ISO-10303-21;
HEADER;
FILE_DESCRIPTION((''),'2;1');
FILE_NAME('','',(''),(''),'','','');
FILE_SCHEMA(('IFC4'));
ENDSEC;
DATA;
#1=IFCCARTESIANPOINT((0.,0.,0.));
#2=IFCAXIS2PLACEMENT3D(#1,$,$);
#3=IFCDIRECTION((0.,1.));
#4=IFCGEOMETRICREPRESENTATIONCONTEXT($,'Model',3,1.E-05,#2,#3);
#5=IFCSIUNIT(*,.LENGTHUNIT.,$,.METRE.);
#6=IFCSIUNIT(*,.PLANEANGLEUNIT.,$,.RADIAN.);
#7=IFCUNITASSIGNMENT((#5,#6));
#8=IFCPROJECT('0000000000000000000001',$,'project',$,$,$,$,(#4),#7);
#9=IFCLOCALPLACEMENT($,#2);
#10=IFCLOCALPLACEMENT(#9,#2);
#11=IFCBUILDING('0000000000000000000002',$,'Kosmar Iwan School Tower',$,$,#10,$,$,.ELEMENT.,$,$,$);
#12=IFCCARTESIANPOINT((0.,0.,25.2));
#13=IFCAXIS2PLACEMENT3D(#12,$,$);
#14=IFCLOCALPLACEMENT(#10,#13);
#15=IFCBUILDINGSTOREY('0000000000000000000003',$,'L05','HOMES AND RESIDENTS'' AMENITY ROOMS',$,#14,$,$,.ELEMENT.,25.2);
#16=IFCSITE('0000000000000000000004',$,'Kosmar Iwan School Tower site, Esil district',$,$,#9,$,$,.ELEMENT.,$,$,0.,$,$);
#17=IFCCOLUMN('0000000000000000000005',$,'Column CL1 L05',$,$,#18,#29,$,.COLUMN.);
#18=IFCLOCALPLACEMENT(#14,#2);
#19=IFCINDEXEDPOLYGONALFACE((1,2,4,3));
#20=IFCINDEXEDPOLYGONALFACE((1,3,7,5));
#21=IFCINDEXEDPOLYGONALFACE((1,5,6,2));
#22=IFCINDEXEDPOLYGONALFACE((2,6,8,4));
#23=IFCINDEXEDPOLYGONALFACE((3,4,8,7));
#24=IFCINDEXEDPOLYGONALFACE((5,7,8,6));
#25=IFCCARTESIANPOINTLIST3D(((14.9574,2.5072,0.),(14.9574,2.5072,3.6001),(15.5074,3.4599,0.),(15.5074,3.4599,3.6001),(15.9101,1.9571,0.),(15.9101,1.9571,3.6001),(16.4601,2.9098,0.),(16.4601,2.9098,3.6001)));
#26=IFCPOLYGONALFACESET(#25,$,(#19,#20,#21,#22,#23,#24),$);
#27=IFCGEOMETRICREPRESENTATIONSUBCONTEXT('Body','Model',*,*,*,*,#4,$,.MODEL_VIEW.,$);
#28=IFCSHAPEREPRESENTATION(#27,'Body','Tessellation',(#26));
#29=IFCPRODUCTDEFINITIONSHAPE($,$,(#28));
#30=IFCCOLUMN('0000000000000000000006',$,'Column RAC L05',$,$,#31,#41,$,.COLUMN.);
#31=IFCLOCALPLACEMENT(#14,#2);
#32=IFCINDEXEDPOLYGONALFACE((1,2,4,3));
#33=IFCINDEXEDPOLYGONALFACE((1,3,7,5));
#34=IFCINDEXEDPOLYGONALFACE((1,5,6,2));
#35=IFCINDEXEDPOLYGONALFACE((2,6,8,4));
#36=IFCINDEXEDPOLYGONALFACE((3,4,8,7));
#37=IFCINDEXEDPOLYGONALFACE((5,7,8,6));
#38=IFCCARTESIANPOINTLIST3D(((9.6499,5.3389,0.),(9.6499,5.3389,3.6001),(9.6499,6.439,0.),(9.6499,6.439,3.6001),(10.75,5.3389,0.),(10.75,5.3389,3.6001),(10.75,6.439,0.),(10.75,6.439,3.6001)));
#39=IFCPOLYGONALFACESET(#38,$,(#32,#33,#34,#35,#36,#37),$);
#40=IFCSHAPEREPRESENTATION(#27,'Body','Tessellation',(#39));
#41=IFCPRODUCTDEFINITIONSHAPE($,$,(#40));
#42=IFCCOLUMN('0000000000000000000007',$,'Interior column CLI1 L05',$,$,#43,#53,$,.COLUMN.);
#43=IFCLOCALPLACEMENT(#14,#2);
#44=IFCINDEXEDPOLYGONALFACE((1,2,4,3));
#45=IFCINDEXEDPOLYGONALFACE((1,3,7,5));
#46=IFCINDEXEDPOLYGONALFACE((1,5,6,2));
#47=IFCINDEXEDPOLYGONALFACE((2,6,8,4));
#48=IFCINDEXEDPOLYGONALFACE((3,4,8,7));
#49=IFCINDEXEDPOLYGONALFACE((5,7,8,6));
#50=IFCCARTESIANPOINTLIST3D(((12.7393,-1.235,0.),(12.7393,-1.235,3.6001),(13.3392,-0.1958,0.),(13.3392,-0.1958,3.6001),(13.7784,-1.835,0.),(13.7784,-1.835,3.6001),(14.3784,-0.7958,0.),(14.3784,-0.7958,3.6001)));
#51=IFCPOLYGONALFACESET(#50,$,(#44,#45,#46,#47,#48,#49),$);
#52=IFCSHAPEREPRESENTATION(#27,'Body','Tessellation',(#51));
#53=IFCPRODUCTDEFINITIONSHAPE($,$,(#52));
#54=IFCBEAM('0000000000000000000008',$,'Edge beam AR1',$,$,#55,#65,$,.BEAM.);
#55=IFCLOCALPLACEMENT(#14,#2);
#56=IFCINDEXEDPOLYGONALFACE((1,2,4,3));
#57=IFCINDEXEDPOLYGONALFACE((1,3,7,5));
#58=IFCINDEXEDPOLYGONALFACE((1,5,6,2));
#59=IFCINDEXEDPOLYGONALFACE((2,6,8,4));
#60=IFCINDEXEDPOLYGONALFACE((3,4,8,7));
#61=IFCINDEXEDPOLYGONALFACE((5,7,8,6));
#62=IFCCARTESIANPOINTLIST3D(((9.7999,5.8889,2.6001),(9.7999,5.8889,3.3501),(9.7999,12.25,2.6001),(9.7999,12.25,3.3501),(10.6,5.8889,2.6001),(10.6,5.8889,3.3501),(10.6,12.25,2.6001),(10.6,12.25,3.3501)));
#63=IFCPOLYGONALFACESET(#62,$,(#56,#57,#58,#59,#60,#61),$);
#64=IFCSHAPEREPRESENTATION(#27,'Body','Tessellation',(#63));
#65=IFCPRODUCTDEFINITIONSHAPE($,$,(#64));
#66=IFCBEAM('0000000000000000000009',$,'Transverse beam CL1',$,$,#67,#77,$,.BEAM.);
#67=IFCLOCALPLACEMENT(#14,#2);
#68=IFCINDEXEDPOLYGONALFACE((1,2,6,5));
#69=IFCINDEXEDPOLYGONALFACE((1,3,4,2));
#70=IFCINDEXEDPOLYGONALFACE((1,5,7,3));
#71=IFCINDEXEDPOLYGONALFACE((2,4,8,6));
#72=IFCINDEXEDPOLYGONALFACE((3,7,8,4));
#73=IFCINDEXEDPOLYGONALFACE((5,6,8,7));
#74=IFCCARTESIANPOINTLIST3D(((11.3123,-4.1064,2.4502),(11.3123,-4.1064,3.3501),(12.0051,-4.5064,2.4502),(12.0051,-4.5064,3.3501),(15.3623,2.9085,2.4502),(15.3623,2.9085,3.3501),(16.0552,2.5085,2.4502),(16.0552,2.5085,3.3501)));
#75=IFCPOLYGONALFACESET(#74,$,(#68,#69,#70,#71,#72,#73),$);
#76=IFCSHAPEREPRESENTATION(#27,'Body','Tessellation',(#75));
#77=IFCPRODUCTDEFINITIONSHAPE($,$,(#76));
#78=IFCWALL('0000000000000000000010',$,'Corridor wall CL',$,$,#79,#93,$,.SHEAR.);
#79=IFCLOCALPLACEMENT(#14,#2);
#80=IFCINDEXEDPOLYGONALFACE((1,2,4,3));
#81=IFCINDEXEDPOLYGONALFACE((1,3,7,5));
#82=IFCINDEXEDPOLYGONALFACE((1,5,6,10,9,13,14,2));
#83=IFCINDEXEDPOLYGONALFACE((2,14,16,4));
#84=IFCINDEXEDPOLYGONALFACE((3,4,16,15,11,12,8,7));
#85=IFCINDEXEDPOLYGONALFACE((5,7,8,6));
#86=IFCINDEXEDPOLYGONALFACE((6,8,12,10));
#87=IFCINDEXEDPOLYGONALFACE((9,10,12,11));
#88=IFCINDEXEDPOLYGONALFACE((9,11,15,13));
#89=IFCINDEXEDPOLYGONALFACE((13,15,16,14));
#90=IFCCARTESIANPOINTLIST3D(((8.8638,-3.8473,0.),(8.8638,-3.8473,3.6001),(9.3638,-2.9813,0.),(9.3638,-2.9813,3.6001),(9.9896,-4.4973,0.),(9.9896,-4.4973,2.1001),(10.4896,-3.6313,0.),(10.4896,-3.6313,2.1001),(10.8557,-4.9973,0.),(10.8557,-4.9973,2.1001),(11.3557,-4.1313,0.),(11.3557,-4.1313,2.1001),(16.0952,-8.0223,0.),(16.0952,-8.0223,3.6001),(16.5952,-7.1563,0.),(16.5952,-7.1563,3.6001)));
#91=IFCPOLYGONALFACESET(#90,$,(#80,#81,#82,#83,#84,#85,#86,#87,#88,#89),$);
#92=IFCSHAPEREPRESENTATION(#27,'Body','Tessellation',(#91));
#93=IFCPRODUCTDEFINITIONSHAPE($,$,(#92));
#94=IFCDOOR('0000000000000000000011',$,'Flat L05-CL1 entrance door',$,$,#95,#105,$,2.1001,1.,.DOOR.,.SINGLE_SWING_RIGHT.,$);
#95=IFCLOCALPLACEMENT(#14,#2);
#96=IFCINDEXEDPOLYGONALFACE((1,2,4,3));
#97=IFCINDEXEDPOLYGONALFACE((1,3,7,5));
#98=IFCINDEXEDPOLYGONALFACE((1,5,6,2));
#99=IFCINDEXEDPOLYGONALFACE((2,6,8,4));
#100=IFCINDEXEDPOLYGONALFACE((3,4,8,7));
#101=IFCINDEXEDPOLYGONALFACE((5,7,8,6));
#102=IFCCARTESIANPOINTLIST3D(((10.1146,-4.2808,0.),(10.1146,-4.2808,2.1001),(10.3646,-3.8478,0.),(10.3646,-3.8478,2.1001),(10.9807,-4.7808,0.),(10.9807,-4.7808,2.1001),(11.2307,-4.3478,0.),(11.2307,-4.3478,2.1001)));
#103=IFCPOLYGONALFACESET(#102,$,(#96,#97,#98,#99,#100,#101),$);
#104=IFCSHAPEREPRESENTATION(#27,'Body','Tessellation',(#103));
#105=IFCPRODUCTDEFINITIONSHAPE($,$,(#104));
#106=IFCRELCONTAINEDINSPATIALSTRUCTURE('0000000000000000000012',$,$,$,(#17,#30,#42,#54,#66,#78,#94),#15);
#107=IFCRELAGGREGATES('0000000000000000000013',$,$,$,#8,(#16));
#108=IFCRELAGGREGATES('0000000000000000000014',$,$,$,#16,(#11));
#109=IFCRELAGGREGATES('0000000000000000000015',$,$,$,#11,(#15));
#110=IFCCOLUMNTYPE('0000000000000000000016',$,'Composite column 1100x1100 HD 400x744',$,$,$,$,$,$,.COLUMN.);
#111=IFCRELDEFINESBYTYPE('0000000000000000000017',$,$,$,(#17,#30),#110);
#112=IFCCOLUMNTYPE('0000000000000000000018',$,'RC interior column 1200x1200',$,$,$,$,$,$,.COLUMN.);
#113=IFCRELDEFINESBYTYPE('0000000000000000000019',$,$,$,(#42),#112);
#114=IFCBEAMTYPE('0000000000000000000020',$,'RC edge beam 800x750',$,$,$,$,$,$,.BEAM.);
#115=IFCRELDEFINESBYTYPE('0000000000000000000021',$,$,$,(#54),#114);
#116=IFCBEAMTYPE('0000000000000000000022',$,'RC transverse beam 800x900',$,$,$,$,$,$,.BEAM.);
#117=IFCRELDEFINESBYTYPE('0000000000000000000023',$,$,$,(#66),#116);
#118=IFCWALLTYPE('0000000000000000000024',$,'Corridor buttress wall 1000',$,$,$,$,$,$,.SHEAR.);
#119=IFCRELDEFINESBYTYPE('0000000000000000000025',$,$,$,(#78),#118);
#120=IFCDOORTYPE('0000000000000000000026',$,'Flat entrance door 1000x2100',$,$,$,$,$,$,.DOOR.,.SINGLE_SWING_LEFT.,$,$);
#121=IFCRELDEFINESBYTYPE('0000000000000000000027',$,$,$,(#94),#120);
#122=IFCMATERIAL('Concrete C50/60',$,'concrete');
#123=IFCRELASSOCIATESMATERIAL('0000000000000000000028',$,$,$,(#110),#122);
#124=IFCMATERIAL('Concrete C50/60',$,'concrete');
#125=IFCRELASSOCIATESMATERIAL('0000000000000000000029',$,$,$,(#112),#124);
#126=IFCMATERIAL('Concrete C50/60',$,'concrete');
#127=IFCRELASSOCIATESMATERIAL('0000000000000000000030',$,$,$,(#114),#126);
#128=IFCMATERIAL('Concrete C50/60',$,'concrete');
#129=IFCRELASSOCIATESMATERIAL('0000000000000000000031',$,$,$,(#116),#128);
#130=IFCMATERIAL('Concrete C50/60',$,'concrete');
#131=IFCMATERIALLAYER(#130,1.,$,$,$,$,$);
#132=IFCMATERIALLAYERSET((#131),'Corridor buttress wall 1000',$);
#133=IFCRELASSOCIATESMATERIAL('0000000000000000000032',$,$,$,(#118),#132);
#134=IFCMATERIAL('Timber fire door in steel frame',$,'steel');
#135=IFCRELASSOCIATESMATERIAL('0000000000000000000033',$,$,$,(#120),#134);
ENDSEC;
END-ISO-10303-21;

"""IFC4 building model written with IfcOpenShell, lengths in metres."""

from ifc_helpers import new_model, si_unit, direction, frame, frame_2d, origin, origin_2d, place, context, subcontext, project, spatial, rectangle, extrude, material, layer, layer_set, material_profile, profile_set, type_object, element, fill, save


model = new_model("IFC4")

# Units and contexts
model_context = context("Model", 3, precision=1e-05, world=origin(), true_north=direction((0.0, 1.0)))
body_context = subcontext(model_context, "Body", "Model", "MODEL_VIEW")
ifc_project = project(units=[si_unit("LENGTHUNIT", "METRE"), si_unit("PLANEANGLEUNIT", "RADIAN")], contexts=[model_context])

# Site, building, storey
site_placement = place(None, origin())
site = spatial("IfcSite", under=ifc_project, at=site_placement, Name="Kosmar Iwan School Tower site, Esil district", CompositionType="ELEMENT", RefElevation=0.0)
building_placement = place(site_placement, origin())
building = spatial("IfcBuilding", under=site, at=building_placement, Name="Kosmar Iwan School Tower", CompositionType="ELEMENT")
storey_placement = place(building_placement, frame((0.0, 0.0, 25.2)))
storey = spatial("IfcBuildingStorey", under=building, at=storey_placement, Name="L05", Description="HOMES AND RESIDENTS' AMENITY ROOMS", CompositionType="ELEMENT", Elevation=25.2)

# Columns
ifc_material_1 = material(Name="Concrete C50/60", Category="concrete")
ifc_material_profile_1 = material_profile(ifc_material_1, rectangle(XDim=1.1001, YDim=1.1001, at=origin_2d()), Name="RC 1100x1100 + HD 400x744")
ifc_profile_set_1 = profile_set([ifc_material_profile_1], Name="Concrete C50/60")
column_type_1 = type_object("IfcColumnType", Name="Composite column 1100x1100 HD 400x744", PredefinedType="COLUMN", material=ifc_profile_set_1)
for number, where, z_axis, x_axis, name in (
    (1, (15.7087, 2.7085, 0.0), (0.0, 0.0, 1.0), (0.866025, -0.5, 0.0), "Column CL1 L05"),
    (2, (10.2, 5.8889, 0.0), (0.0, 0.0, 1.0), (1.0, 0.0, 0.0), "Column RAC L05"),
):
    element("IfcColumn", number, at=place(storey_placement, frame(where, z_axis=z_axis, x_axis=x_axis)), inside=storey, type_object=column_type_1, Name=name, PredefinedType="COLUMN", context=body_context, shape_type="SweptSolid", body=[
        extrude(rectangle(XDim=1.1001, YDim=1.1001, at=origin_2d()), origin(), (0.0, 0.0, 1.0), 3.6001),
    ])
ifc_material_2 = material(Name="Concrete C50/60", Category="concrete")
ifc_material_profile_2 = material_profile(ifc_material_2, rectangle(XDim=1.2, YDim=1.2, at=origin_2d()), Name="RC 1200x1200")
ifc_profile_set_2 = profile_set([ifc_material_profile_2], Name="Concrete C50/60")
column_type_2 = type_object("IfcColumnType", Name="RC interior column 1200x1200", PredefinedType="COLUMN", material=ifc_profile_set_2)
column_placement = place(storey_placement, frame((13.5588, -1.0154, 0.0), z_axis=(0.0, 0.0, 1.0), x_axis=(0.866025, -0.5, 0.0)))
element("IfcColumn", 3, at=column_placement, inside=storey, type_object=column_type_2, Name="Interior column CLI1 L05", PredefinedType="COLUMN", context=body_context, shape_type="SweptSolid", body=[
    extrude(rectangle(XDim=1.2, YDim=1.2, at=origin_2d()), origin(), (0.0, 0.0, 1.0), 3.6001),
])

# Beams
ifc_material_3 = material(Name="Concrete C50/60", Category="concrete")
ifc_material_profile_3 = material_profile(ifc_material_3, rectangle(XDim=0.8, YDim=0.75, at=origin_2d()), Name="RC 800x750")
ifc_profile_set_3 = profile_set([ifc_material_profile_3], Name="Concrete C50/60")
beam_type_1 = type_object("IfcBeamType", Name="RC edge beam 800x750", PredefinedType="BEAM", material=ifc_profile_set_3)
beam_1_placement = place(storey_placement, frame((10.2, 5.8889, 2.9751), z_axis=(0.0, 1.0, 0.0), x_axis=(-1.0, 0.0, 0.0)))
element("IfcBeam", 4, at=beam_1_placement, inside=storey, type_object=beam_type_1, Name="Edge beam AR1", PredefinedType="BEAM", context=body_context, shape_type="SweptSolid", body=[
    extrude(rectangle(XDim=0.8, YDim=0.75, at=origin_2d()), origin(), (0.0, 0.0, 1.0), 6.3611),
])
ifc_material_4 = material(Name="Concrete C50/60", Category="concrete")
ifc_material_profile_4 = material_profile(ifc_material_4, rectangle(XDim=0.8, YDim=0.8999, at=origin_2d()), Name="RC 800x900")
ifc_profile_set_4 = profile_set([ifc_material_profile_4], Name="Concrete C50/60")
beam_type_2 = type_object("IfcBeamType", Name="RC transverse beam 800x900", PredefinedType="BEAM", material=ifc_profile_set_4)
beam_2_placement = place(storey_placement, frame((15.7087, 2.7085, 2.9001), z_axis=(-0.5, -0.866025, 0.0), x_axis=(0.866025, -0.5, 0.0)))
element("IfcBeam", 5, at=beam_2_placement, inside=storey, type_object=beam_type_2, Name="Transverse beam CL1", PredefinedType="BEAM", context=body_context, shape_type="SweptSolid", body=[
    extrude(rectangle(XDim=0.8, YDim=0.8999, at=origin_2d()), origin(), (0.0, 0.0, 1.0), 8.1001),
])

# Wall, opening, door
ifc_material_5 = material(Name="Concrete C50/60", Category="concrete")
ifc_layer_1 = layer(ifc_material_5, 1.0)
ifc_layer_set_1 = layer_set([ifc_layer_1], Name="Corridor buttress wall 1000")
wall_type_1 = type_object("IfcWallType", Name="Corridor buttress wall 1000", PredefinedType="SHEAR", material=ifc_layer_set_1)
wall_1_placement = place(storey_placement, frame((9.1138, -3.4143, 0.0), z_axis=(0.0, 0.0, 1.0), x_axis=(0.866027, -0.499997, 0.0)))
wall_1 = element("IfcWall", 6, at=wall_1_placement, inside=storey, type_object=wall_type_1, Name="Corridor wall CL", PredefinedType="SHEAR", context=body_context, shape_type="SweptSolid", body=[
    extrude(rectangle(XDim=8.3501, YDim=1.0, at=frame_2d((4.175, 0.0))), origin(), (0.0, 0.0, 1.0), 3.6001),
])
opening_1_placement = place(wall_1_placement, frame((1.3, 0.0, 0.0)))
opening_1 = element("IfcOpeningElement", 7, at=opening_1_placement, cuts=wall_1, PredefinedType="OPENING", context=body_context, shape_type="SweptSolid", body=[
    extrude(rectangle(XDim=1.0, YDim=2.1001, at=frame_2d((0.5, 1.05))), frame((0.0, 0.512, 0.0), z_axis=(0.0, -1.0, 0.0), x_axis=(1.0, 0.0, 0.0)), (0.0, 0.0, 1.0), 1.0239),
])
ifc_material_6 = material(Name="Timber fire door in steel frame", Category="steel")
door_type_1 = type_object("IfcDoorType", Name="Flat entrance door 1000x2100", OperationType="SINGLE_SWING_LEFT", PredefinedType="DOOR", material=ifc_material_6)
door_1_placement = place(opening_1_placement, origin())
door_1 = element("IfcDoor", 8, at=door_1_placement, inside=storey, type_object=door_type_1, Name="Flat L05-CL1 entrance door", OperationType="SINGLE_SWING_RIGHT", OverallHeight=2.1001, OverallWidth=1.0, PredefinedType="DOOR", context=body_context, shape_type="SweptSolid", body=[
    extrude(rectangle(XDim=1.0, YDim=2.1001, at=frame_2d((0.5, 1.05))), frame((0.0, 0.25, 0.0), z_axis=(0.0, -1.0, 0.0), x_axis=(1.0, 0.0, 0.0)), (0.0, 0.0, 1.0), 0.5),
])
fill(opening_1, door_1)

save(model, "model.ifc")
